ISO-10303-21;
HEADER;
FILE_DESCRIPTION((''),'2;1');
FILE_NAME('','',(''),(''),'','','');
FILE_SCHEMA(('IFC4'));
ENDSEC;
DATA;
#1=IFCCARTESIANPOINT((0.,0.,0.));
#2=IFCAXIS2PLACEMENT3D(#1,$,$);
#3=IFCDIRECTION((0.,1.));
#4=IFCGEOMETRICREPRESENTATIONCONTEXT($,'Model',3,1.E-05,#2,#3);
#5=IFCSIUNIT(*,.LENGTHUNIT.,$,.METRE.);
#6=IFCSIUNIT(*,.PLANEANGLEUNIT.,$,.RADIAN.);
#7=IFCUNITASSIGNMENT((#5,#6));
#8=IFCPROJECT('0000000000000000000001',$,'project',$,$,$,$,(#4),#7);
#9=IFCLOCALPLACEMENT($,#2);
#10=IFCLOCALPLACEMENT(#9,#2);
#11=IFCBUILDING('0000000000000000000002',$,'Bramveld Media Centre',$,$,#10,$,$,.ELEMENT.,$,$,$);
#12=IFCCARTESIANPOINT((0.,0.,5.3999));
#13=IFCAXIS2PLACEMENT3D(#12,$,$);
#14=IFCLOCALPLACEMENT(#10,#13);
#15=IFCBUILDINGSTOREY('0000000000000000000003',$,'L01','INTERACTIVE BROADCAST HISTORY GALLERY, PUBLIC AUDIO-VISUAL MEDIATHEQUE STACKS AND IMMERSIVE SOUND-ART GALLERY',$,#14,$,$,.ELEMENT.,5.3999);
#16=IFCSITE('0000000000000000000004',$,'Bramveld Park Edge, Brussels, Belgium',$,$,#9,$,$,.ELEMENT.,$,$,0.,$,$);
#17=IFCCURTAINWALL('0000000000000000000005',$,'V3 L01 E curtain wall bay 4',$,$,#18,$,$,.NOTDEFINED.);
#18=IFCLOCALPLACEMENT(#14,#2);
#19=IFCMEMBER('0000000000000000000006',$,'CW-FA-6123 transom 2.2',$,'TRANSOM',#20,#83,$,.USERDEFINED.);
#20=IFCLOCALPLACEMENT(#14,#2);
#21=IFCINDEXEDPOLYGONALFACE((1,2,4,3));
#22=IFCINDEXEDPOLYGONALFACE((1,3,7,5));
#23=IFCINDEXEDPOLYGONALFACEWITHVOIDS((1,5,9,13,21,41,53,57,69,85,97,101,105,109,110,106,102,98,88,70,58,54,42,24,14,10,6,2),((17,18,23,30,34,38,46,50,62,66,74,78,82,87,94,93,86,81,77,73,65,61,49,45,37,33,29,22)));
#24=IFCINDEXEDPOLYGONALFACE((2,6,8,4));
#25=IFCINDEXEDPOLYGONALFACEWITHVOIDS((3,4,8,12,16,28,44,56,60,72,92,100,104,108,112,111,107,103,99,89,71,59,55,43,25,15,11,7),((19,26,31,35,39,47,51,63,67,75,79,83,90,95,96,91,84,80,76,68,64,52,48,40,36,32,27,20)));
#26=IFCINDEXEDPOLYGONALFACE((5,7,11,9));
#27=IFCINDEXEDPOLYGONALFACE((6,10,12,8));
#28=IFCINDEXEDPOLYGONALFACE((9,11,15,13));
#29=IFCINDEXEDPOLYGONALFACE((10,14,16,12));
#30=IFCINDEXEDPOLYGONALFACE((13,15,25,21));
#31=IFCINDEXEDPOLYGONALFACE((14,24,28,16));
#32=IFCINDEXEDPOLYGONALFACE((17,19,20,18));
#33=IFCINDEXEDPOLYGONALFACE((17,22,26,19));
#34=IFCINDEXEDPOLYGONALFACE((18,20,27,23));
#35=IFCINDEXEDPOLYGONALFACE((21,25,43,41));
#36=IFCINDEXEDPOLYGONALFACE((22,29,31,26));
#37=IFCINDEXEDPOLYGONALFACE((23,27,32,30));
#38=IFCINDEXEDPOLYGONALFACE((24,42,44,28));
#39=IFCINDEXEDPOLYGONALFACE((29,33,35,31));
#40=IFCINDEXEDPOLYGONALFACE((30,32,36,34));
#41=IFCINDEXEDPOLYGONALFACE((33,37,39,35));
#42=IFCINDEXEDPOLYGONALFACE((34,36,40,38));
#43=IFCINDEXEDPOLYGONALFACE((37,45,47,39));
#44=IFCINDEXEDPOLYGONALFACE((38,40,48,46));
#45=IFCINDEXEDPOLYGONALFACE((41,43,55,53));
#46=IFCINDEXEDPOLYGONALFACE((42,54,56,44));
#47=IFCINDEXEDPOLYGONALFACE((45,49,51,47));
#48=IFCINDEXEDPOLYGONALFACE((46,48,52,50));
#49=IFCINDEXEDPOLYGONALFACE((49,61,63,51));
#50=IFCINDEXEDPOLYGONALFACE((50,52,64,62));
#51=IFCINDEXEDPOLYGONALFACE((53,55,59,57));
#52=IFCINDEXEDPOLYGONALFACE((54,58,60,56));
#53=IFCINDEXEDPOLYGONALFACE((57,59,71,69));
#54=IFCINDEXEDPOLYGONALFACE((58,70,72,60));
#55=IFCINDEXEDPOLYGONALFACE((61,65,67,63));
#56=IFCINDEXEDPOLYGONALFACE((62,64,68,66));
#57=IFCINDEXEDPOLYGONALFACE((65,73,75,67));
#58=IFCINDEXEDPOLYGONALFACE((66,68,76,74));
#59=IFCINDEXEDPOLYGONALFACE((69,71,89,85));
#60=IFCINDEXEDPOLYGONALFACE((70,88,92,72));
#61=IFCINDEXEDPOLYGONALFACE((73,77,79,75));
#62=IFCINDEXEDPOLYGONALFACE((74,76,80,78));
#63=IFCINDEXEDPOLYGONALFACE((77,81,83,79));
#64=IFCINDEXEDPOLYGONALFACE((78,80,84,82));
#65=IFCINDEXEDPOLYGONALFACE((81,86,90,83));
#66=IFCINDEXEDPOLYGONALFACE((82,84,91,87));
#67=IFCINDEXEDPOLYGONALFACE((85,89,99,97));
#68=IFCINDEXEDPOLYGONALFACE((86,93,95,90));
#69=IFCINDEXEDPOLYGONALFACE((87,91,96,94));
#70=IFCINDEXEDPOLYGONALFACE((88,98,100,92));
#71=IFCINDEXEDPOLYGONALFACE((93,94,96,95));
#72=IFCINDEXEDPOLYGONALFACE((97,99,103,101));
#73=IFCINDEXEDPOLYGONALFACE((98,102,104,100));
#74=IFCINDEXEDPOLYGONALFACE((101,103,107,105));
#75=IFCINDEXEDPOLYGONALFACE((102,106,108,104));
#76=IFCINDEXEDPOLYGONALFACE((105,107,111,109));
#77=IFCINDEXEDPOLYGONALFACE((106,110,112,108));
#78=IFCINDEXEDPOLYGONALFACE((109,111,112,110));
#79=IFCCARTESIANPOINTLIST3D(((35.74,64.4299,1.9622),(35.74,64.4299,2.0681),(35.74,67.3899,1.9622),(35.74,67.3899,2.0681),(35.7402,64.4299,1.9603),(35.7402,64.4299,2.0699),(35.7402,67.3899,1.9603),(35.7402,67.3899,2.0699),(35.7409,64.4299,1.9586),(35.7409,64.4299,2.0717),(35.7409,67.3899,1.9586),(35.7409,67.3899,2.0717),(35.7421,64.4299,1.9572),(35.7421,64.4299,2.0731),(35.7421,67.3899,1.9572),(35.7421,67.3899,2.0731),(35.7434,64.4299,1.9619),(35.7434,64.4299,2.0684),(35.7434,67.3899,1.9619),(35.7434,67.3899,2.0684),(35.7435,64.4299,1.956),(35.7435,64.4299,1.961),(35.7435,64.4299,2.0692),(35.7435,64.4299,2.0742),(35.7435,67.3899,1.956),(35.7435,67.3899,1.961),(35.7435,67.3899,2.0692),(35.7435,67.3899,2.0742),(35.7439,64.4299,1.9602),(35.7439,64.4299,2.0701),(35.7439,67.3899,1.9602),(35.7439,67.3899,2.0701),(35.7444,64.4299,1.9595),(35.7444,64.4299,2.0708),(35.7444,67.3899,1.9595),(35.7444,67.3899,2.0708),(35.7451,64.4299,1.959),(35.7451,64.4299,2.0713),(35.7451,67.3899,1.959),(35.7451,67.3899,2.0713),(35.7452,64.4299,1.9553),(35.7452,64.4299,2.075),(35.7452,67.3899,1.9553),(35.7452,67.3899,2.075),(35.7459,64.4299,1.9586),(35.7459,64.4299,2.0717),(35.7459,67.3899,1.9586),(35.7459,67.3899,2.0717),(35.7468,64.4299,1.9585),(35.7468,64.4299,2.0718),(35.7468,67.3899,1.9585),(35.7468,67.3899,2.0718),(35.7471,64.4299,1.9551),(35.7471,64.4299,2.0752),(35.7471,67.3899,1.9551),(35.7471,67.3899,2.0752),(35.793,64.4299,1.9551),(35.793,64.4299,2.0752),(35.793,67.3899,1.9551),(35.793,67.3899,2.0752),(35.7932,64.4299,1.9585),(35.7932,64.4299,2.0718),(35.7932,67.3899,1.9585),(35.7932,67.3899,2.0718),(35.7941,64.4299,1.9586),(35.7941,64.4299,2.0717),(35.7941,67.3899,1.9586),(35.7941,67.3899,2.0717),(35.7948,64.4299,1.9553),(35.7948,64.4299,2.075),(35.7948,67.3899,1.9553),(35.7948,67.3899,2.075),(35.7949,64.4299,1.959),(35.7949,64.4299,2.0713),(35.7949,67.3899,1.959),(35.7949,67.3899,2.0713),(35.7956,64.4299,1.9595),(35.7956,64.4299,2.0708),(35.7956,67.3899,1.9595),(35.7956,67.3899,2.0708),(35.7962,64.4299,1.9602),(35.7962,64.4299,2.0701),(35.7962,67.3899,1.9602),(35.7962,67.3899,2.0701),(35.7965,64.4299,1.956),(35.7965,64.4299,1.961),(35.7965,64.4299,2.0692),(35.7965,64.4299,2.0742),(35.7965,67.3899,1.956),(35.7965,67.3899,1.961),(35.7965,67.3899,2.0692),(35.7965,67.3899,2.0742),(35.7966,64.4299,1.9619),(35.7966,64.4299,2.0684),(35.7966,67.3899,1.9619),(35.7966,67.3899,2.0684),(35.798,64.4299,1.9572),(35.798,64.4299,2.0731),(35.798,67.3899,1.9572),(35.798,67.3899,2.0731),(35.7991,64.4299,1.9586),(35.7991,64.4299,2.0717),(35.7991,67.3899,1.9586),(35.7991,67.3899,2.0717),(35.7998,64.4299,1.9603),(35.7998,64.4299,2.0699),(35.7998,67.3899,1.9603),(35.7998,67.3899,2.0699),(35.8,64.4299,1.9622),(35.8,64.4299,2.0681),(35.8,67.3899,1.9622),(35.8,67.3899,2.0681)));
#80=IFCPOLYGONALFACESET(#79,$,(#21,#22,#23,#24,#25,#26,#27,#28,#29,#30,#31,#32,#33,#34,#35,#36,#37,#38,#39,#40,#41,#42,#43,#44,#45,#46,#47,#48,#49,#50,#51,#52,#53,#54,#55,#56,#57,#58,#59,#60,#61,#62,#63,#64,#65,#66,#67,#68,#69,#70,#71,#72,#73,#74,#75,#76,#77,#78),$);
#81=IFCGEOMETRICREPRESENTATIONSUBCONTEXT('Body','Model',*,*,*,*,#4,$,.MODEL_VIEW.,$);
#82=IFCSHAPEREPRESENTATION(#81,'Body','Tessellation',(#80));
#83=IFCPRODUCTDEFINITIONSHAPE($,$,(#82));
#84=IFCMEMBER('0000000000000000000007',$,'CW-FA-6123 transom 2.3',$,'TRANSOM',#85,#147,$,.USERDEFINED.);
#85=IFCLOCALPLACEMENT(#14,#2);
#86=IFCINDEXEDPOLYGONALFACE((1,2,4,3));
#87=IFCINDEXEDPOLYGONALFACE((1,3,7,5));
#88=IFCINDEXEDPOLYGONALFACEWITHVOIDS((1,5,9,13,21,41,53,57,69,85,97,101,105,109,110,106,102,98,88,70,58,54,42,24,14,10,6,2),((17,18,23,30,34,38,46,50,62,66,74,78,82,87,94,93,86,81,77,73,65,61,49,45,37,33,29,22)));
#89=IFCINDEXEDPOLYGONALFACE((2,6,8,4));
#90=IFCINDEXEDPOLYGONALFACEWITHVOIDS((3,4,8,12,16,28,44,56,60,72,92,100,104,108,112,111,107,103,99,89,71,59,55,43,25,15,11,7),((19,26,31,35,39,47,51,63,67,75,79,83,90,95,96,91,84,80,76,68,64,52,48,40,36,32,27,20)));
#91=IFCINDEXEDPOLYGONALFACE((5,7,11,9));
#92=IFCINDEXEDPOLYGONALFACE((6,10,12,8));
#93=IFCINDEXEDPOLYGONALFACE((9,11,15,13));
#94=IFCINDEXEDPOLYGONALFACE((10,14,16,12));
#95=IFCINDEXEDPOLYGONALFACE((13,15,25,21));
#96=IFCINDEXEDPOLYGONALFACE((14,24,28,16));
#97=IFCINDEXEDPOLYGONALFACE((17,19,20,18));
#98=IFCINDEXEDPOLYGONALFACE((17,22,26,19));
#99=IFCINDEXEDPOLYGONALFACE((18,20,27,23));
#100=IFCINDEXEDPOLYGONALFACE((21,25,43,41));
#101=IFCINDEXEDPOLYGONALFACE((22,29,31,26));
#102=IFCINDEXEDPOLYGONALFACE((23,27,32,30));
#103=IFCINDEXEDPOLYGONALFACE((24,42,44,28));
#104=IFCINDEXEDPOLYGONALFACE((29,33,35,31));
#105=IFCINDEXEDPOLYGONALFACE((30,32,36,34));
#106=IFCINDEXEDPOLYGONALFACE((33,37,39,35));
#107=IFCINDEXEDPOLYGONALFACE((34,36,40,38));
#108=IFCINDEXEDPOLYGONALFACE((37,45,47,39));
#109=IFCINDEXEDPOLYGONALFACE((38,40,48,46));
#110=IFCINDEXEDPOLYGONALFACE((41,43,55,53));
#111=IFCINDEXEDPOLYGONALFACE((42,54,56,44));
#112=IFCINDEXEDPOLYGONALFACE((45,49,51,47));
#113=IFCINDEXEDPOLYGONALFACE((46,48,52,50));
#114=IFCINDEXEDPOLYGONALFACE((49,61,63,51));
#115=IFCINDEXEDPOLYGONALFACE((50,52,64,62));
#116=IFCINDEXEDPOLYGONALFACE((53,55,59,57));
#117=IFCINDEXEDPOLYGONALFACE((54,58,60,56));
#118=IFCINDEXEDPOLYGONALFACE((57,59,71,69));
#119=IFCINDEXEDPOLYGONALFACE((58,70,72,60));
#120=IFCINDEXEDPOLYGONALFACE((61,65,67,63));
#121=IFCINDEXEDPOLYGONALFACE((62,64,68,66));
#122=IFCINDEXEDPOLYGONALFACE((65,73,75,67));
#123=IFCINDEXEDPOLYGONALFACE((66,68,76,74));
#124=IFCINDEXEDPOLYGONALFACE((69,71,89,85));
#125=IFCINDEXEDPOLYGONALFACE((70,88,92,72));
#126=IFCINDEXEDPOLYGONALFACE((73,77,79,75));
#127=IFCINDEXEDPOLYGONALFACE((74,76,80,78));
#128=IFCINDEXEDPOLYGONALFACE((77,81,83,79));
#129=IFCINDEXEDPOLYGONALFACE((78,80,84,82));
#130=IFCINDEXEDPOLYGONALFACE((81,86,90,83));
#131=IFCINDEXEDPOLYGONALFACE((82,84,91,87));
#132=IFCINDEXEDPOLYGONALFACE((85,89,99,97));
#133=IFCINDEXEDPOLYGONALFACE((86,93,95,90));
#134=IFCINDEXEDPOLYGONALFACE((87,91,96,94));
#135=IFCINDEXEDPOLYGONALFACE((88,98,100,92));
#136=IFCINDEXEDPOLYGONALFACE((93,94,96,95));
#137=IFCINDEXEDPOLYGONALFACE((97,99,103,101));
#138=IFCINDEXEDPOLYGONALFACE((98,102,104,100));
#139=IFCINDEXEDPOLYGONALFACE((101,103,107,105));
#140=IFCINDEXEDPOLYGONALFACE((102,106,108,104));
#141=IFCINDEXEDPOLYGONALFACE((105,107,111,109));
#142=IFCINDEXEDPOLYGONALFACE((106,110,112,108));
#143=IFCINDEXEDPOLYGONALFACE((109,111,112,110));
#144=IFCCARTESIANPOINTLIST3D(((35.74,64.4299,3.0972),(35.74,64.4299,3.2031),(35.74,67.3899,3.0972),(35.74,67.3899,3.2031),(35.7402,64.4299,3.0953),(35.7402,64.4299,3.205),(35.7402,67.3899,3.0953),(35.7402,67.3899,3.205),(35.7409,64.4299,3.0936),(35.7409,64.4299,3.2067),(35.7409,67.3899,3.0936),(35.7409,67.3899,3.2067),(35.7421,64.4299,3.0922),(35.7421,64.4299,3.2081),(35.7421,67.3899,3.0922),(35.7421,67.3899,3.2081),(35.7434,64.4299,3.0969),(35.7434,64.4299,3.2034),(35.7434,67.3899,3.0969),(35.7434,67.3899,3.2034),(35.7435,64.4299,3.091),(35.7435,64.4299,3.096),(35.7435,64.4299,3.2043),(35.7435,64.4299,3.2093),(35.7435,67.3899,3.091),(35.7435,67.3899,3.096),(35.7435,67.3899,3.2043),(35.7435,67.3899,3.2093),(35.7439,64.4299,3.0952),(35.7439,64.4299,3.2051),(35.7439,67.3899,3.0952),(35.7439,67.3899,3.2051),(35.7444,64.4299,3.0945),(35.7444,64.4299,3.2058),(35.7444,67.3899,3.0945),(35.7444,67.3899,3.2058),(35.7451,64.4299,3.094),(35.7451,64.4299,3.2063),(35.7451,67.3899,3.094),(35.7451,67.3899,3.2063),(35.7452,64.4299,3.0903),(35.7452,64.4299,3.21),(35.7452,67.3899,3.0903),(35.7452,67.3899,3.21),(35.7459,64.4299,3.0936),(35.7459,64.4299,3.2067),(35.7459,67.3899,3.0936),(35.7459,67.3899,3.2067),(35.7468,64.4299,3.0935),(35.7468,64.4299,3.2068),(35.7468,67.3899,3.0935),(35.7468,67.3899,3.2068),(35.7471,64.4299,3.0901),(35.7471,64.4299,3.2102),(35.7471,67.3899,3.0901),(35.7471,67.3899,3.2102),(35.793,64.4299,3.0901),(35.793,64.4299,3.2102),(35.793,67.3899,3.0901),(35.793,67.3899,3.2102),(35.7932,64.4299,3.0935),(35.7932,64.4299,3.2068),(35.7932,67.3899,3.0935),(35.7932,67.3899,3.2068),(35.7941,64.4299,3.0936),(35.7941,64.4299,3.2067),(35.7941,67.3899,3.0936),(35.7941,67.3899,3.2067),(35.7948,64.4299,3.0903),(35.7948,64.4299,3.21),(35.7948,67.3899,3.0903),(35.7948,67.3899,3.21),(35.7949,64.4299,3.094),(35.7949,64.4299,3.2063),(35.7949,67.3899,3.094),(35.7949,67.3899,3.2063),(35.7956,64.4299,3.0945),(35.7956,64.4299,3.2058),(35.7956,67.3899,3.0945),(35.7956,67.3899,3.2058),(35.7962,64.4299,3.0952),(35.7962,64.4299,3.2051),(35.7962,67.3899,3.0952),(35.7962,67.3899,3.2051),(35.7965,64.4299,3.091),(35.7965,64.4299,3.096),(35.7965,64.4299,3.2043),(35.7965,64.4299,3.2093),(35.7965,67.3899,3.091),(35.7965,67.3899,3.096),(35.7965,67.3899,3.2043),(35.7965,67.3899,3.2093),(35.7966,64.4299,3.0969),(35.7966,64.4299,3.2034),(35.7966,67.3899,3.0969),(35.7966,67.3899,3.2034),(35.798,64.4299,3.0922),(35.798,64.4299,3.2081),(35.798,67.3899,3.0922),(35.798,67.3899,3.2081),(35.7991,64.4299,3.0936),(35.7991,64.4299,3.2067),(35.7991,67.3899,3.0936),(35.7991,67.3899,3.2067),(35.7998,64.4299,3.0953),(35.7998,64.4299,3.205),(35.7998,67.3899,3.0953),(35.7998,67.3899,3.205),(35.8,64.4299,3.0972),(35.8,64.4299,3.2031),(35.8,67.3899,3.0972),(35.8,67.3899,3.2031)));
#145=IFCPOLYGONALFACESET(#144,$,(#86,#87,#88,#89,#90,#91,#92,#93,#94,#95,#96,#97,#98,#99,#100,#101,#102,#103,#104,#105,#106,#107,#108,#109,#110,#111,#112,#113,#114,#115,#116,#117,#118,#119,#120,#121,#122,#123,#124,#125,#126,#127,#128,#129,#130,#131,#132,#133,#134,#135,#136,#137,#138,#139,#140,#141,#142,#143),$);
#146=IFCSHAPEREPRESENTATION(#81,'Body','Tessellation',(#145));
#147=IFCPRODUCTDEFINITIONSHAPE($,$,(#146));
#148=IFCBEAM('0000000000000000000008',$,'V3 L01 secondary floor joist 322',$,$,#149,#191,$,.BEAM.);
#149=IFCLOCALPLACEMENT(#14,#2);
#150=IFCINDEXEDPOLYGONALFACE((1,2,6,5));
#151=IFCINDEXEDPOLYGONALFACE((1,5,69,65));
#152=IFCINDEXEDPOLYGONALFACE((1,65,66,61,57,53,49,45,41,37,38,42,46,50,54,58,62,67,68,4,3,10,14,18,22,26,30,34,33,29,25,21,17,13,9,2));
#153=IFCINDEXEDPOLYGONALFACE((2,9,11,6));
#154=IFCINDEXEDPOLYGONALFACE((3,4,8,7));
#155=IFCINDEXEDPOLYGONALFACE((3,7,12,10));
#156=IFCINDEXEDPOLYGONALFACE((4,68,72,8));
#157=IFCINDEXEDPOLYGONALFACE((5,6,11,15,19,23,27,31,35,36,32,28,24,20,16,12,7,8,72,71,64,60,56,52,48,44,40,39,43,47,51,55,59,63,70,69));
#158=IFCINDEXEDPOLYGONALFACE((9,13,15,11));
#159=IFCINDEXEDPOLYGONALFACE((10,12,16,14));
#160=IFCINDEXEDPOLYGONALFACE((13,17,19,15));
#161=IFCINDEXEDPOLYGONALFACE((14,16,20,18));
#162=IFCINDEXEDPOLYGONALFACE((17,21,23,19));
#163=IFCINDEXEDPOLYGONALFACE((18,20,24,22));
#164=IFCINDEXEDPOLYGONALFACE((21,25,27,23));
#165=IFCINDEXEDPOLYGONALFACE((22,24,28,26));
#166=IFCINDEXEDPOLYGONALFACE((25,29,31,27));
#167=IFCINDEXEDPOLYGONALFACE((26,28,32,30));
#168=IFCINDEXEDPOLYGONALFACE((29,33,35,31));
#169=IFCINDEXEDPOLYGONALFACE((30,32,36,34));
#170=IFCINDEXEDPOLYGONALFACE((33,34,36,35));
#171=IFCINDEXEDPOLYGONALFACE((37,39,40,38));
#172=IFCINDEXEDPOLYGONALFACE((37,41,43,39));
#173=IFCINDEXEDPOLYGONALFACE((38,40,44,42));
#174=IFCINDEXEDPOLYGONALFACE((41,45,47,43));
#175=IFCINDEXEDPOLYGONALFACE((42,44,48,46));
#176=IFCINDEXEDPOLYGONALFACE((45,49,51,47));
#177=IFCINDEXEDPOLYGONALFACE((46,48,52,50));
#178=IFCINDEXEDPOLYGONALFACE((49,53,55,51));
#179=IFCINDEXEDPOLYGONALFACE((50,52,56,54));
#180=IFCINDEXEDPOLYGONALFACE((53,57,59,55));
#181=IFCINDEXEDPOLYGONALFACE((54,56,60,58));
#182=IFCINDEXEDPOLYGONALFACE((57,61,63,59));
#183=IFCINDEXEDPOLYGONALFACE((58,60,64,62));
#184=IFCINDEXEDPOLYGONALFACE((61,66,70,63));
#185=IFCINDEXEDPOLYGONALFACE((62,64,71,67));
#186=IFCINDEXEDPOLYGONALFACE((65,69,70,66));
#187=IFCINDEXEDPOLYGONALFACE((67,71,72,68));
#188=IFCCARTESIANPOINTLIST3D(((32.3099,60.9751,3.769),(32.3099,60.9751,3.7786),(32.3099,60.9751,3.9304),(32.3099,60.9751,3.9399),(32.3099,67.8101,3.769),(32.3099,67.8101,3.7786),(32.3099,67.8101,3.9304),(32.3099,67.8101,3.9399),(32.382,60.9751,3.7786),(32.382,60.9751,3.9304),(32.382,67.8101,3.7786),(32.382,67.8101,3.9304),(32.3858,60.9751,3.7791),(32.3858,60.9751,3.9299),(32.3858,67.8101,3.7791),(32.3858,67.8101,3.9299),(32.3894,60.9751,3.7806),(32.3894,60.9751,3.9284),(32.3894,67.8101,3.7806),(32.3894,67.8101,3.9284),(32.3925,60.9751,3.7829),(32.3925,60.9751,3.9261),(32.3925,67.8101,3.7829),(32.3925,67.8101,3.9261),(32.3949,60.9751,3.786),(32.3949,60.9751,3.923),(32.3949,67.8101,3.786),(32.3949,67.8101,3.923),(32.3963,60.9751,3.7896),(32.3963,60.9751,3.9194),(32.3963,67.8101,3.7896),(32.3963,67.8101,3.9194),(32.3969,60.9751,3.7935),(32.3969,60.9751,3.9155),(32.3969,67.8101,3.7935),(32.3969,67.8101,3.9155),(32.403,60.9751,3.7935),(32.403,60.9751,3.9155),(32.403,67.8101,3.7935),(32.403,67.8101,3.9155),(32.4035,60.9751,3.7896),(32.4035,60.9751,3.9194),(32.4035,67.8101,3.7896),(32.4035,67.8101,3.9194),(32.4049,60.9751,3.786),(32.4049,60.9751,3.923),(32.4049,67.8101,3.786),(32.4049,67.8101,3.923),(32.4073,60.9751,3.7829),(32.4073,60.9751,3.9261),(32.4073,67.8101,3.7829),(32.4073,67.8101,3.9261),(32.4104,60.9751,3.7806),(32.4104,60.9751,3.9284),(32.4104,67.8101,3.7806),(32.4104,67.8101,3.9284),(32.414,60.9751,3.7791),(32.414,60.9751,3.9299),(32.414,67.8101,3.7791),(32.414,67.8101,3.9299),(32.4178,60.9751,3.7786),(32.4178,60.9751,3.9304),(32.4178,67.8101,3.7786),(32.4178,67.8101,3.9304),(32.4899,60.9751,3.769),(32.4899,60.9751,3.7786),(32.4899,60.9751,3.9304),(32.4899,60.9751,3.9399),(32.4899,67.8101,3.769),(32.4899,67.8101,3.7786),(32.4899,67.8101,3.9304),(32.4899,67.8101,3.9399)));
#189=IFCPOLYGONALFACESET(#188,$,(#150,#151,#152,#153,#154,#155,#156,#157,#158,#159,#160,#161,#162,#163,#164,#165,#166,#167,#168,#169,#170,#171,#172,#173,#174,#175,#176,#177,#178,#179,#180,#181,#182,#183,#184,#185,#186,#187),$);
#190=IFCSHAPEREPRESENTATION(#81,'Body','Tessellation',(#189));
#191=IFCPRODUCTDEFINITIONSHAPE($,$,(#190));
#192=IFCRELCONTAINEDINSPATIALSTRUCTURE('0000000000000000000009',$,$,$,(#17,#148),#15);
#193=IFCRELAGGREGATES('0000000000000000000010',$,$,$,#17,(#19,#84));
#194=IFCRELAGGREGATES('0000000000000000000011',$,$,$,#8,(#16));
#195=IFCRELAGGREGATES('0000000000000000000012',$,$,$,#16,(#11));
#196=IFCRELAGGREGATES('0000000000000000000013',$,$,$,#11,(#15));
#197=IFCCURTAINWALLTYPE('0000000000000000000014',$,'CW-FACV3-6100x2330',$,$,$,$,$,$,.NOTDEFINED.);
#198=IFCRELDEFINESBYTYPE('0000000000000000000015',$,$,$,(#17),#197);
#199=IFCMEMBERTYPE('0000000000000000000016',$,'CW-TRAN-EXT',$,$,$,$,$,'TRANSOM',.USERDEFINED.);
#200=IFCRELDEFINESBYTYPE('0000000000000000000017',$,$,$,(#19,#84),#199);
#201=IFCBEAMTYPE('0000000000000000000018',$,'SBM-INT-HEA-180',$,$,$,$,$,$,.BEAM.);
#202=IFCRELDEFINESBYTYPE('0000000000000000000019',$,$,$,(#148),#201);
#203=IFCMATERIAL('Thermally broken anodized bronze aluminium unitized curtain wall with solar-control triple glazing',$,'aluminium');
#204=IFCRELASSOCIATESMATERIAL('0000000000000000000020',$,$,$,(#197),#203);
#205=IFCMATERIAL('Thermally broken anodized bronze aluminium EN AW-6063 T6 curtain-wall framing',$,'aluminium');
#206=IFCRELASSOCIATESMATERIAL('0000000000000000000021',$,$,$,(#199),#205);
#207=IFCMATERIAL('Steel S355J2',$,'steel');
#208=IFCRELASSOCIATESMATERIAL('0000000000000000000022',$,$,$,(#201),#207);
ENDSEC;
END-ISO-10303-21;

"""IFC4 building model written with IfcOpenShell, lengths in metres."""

from ifc_helpers import new_model, si_unit, direction, frame, origin, origin_2d, place, context, subcontext, project, spatial, hollow_rectangle, i_section, extrude, material, material_profile, profile_set, type_object, element, aggregate, save


model = new_model("IFC4")

# Units and contexts
model_context = context("Model", 3, precision=1e-05, world=origin(), true_north=direction((0.0, 1.0)))
body_context = subcontext(model_context, "Body", "Model", "MODEL_VIEW")
ifc_project = project(units=[si_unit("LENGTHUNIT", "METRE"), si_unit("PLANEANGLEUNIT", "RADIAN")], contexts=[model_context])

# Site, building, storey
site_placement = place(None, origin())
site = spatial("IfcSite", under=ifc_project, at=site_placement, Name="Bramveld Park Edge, Brussels, Belgium", CompositionType="ELEMENT", RefElevation=0.0)
building_placement = place(site_placement, origin())
building = spatial("IfcBuilding", under=site, at=building_placement, Name="Bramveld Media Centre", CompositionType="ELEMENT")
storey_placement = place(building_placement, frame((0.0, 0.0, 5.3999)))
storey = spatial("IfcBuildingStorey", under=building, at=storey_placement, Name="L01", Description="INTERACTIVE BROADCAST HISTORY GALLERY, PUBLIC AUDIO-VISUAL MEDIATHEQUE STACKS AND IMMERSIVE SOUND-ART GALLERY", CompositionType="ELEMENT", Elevation=5.3999)

# Curtain wall, members
ifc_material_1 = material(Name="Thermally broken anodized bronze aluminium unitized curtain wall with solar-control triple glazing", Category="aluminium")
curtain_wall_type = type_object("IfcCurtainWallType", Name="CW-FACV3-6100x2330", PredefinedType="NOTDEFINED", material=ifc_material_1)
curtain_wall_placement = place(storey_placement, origin())
curtain_wall = element("IfcCurtainWall", 1, at=curtain_wall_placement, inside=storey, type_object=curtain_wall_type, Name="V3 L01 E curtain wall bay 4", PredefinedType="NOTDEFINED")
ifc_material_2 = material(Name="Thermally broken anodized bronze aluminium EN AW-6063 T6 curtain-wall framing", Category="aluminium")
ifc_material_profile_1 = material_profile(ifc_material_2, hollow_rectangle(XDim=0.0601, YDim=0.1201, WallThickness=0.0034, InnerFilletRadius=0.0034, OuterFilletRadius=0.0071, at=origin_2d()), Name="AL-TRAN 60x120")
ifc_profile_set_1 = profile_set([ifc_material_profile_1], Name="Thermally broken anodized bronze aluminium EN AW-6063 T6 curtain-wall framing")
member_type_1 = type_object("IfcMemberType", Name="CW-TRAN-EXT", ElementType="TRANSOM", PredefinedType="USERDEFINED", material=ifc_profile_set_1)
member_1_placement = place(storey_placement, frame((35.77, 64.4299, 2.0151), z_axis=(0.0, 1.0, 0.0), x_axis=(-1.0, 0.0, 0.0)))
member_1 = element("IfcMember", 2, at=member_1_placement, type_object=member_type_1, Name="CW-FA-6123 transom 2.2", ObjectType="TRANSOM", PredefinedType="USERDEFINED", context=body_context, shape_type="SweptSolid", body=[
    extrude(hollow_rectangle(XDim=0.0601, YDim=0.1201, WallThickness=0.0034, InnerFilletRadius=0.0034, OuterFilletRadius=0.0071, at=origin_2d()), origin(), (0.0, 0.0, 1.0), 2.96),
])
member_2_placement = place(storey_placement, frame((35.77, 64.4299, 3.1501), z_axis=(0.0, 1.0, 0.0), x_axis=(-1.0, 0.0, 0.0)))
member_2 = element("IfcMember", 3, at=member_2_placement, type_object=member_type_1, Name="CW-FA-6123 transom 2.3", ObjectType="TRANSOM", PredefinedType="USERDEFINED", context=body_context, shape_type="SweptSolid", body=[
    extrude(hollow_rectangle(XDim=0.0601, YDim=0.1201, WallThickness=0.0034, InnerFilletRadius=0.0034, OuterFilletRadius=0.0071, at=origin_2d()), origin(), (0.0, 0.0, 1.0), 2.96),
])

# Beam
ifc_material_3 = material(Name="Steel S355J2", Category="steel")
ifc_material_profile_2 = material_profile(ifc_material_3, i_section(OverallWidth=0.1799, OverallDepth=0.1709, WebThickness=0.0061, FlangeThickness=0.0095, FilletRadius=0.0149, at=origin_2d()), Name="HEA 180")
ifc_profile_set_2 = profile_set([ifc_material_profile_2], Name="Steel S355J2")
beam_type_1 = type_object("IfcBeamType", Name="SBM-INT-HEA-180", PredefinedType="BEAM", material=ifc_profile_set_2)
beam_1_placement = place(storey_placement, frame((32.3999, 60.9751, 3.8545), z_axis=(0.0, 1.0, 0.0), x_axis=(-1.0, 0.0, 0.0)))
element("IfcBeam", 4, at=beam_1_placement, inside=storey, type_object=beam_type_1, Name="V3 L01 secondary floor joist 322", PredefinedType="BEAM", context=body_context, shape_type="SweptSolid", body=[
    extrude(i_section(OverallWidth=0.1799, OverallDepth=0.1709, WebThickness=0.0061, FlangeThickness=0.0095, FilletRadius=0.0149, at=origin_2d()), origin(), (0.0, 0.0, 1.0), 6.835),
])

aggregate(curtain_wall, [member_1, member_2])

save(model, "model.ifc")
